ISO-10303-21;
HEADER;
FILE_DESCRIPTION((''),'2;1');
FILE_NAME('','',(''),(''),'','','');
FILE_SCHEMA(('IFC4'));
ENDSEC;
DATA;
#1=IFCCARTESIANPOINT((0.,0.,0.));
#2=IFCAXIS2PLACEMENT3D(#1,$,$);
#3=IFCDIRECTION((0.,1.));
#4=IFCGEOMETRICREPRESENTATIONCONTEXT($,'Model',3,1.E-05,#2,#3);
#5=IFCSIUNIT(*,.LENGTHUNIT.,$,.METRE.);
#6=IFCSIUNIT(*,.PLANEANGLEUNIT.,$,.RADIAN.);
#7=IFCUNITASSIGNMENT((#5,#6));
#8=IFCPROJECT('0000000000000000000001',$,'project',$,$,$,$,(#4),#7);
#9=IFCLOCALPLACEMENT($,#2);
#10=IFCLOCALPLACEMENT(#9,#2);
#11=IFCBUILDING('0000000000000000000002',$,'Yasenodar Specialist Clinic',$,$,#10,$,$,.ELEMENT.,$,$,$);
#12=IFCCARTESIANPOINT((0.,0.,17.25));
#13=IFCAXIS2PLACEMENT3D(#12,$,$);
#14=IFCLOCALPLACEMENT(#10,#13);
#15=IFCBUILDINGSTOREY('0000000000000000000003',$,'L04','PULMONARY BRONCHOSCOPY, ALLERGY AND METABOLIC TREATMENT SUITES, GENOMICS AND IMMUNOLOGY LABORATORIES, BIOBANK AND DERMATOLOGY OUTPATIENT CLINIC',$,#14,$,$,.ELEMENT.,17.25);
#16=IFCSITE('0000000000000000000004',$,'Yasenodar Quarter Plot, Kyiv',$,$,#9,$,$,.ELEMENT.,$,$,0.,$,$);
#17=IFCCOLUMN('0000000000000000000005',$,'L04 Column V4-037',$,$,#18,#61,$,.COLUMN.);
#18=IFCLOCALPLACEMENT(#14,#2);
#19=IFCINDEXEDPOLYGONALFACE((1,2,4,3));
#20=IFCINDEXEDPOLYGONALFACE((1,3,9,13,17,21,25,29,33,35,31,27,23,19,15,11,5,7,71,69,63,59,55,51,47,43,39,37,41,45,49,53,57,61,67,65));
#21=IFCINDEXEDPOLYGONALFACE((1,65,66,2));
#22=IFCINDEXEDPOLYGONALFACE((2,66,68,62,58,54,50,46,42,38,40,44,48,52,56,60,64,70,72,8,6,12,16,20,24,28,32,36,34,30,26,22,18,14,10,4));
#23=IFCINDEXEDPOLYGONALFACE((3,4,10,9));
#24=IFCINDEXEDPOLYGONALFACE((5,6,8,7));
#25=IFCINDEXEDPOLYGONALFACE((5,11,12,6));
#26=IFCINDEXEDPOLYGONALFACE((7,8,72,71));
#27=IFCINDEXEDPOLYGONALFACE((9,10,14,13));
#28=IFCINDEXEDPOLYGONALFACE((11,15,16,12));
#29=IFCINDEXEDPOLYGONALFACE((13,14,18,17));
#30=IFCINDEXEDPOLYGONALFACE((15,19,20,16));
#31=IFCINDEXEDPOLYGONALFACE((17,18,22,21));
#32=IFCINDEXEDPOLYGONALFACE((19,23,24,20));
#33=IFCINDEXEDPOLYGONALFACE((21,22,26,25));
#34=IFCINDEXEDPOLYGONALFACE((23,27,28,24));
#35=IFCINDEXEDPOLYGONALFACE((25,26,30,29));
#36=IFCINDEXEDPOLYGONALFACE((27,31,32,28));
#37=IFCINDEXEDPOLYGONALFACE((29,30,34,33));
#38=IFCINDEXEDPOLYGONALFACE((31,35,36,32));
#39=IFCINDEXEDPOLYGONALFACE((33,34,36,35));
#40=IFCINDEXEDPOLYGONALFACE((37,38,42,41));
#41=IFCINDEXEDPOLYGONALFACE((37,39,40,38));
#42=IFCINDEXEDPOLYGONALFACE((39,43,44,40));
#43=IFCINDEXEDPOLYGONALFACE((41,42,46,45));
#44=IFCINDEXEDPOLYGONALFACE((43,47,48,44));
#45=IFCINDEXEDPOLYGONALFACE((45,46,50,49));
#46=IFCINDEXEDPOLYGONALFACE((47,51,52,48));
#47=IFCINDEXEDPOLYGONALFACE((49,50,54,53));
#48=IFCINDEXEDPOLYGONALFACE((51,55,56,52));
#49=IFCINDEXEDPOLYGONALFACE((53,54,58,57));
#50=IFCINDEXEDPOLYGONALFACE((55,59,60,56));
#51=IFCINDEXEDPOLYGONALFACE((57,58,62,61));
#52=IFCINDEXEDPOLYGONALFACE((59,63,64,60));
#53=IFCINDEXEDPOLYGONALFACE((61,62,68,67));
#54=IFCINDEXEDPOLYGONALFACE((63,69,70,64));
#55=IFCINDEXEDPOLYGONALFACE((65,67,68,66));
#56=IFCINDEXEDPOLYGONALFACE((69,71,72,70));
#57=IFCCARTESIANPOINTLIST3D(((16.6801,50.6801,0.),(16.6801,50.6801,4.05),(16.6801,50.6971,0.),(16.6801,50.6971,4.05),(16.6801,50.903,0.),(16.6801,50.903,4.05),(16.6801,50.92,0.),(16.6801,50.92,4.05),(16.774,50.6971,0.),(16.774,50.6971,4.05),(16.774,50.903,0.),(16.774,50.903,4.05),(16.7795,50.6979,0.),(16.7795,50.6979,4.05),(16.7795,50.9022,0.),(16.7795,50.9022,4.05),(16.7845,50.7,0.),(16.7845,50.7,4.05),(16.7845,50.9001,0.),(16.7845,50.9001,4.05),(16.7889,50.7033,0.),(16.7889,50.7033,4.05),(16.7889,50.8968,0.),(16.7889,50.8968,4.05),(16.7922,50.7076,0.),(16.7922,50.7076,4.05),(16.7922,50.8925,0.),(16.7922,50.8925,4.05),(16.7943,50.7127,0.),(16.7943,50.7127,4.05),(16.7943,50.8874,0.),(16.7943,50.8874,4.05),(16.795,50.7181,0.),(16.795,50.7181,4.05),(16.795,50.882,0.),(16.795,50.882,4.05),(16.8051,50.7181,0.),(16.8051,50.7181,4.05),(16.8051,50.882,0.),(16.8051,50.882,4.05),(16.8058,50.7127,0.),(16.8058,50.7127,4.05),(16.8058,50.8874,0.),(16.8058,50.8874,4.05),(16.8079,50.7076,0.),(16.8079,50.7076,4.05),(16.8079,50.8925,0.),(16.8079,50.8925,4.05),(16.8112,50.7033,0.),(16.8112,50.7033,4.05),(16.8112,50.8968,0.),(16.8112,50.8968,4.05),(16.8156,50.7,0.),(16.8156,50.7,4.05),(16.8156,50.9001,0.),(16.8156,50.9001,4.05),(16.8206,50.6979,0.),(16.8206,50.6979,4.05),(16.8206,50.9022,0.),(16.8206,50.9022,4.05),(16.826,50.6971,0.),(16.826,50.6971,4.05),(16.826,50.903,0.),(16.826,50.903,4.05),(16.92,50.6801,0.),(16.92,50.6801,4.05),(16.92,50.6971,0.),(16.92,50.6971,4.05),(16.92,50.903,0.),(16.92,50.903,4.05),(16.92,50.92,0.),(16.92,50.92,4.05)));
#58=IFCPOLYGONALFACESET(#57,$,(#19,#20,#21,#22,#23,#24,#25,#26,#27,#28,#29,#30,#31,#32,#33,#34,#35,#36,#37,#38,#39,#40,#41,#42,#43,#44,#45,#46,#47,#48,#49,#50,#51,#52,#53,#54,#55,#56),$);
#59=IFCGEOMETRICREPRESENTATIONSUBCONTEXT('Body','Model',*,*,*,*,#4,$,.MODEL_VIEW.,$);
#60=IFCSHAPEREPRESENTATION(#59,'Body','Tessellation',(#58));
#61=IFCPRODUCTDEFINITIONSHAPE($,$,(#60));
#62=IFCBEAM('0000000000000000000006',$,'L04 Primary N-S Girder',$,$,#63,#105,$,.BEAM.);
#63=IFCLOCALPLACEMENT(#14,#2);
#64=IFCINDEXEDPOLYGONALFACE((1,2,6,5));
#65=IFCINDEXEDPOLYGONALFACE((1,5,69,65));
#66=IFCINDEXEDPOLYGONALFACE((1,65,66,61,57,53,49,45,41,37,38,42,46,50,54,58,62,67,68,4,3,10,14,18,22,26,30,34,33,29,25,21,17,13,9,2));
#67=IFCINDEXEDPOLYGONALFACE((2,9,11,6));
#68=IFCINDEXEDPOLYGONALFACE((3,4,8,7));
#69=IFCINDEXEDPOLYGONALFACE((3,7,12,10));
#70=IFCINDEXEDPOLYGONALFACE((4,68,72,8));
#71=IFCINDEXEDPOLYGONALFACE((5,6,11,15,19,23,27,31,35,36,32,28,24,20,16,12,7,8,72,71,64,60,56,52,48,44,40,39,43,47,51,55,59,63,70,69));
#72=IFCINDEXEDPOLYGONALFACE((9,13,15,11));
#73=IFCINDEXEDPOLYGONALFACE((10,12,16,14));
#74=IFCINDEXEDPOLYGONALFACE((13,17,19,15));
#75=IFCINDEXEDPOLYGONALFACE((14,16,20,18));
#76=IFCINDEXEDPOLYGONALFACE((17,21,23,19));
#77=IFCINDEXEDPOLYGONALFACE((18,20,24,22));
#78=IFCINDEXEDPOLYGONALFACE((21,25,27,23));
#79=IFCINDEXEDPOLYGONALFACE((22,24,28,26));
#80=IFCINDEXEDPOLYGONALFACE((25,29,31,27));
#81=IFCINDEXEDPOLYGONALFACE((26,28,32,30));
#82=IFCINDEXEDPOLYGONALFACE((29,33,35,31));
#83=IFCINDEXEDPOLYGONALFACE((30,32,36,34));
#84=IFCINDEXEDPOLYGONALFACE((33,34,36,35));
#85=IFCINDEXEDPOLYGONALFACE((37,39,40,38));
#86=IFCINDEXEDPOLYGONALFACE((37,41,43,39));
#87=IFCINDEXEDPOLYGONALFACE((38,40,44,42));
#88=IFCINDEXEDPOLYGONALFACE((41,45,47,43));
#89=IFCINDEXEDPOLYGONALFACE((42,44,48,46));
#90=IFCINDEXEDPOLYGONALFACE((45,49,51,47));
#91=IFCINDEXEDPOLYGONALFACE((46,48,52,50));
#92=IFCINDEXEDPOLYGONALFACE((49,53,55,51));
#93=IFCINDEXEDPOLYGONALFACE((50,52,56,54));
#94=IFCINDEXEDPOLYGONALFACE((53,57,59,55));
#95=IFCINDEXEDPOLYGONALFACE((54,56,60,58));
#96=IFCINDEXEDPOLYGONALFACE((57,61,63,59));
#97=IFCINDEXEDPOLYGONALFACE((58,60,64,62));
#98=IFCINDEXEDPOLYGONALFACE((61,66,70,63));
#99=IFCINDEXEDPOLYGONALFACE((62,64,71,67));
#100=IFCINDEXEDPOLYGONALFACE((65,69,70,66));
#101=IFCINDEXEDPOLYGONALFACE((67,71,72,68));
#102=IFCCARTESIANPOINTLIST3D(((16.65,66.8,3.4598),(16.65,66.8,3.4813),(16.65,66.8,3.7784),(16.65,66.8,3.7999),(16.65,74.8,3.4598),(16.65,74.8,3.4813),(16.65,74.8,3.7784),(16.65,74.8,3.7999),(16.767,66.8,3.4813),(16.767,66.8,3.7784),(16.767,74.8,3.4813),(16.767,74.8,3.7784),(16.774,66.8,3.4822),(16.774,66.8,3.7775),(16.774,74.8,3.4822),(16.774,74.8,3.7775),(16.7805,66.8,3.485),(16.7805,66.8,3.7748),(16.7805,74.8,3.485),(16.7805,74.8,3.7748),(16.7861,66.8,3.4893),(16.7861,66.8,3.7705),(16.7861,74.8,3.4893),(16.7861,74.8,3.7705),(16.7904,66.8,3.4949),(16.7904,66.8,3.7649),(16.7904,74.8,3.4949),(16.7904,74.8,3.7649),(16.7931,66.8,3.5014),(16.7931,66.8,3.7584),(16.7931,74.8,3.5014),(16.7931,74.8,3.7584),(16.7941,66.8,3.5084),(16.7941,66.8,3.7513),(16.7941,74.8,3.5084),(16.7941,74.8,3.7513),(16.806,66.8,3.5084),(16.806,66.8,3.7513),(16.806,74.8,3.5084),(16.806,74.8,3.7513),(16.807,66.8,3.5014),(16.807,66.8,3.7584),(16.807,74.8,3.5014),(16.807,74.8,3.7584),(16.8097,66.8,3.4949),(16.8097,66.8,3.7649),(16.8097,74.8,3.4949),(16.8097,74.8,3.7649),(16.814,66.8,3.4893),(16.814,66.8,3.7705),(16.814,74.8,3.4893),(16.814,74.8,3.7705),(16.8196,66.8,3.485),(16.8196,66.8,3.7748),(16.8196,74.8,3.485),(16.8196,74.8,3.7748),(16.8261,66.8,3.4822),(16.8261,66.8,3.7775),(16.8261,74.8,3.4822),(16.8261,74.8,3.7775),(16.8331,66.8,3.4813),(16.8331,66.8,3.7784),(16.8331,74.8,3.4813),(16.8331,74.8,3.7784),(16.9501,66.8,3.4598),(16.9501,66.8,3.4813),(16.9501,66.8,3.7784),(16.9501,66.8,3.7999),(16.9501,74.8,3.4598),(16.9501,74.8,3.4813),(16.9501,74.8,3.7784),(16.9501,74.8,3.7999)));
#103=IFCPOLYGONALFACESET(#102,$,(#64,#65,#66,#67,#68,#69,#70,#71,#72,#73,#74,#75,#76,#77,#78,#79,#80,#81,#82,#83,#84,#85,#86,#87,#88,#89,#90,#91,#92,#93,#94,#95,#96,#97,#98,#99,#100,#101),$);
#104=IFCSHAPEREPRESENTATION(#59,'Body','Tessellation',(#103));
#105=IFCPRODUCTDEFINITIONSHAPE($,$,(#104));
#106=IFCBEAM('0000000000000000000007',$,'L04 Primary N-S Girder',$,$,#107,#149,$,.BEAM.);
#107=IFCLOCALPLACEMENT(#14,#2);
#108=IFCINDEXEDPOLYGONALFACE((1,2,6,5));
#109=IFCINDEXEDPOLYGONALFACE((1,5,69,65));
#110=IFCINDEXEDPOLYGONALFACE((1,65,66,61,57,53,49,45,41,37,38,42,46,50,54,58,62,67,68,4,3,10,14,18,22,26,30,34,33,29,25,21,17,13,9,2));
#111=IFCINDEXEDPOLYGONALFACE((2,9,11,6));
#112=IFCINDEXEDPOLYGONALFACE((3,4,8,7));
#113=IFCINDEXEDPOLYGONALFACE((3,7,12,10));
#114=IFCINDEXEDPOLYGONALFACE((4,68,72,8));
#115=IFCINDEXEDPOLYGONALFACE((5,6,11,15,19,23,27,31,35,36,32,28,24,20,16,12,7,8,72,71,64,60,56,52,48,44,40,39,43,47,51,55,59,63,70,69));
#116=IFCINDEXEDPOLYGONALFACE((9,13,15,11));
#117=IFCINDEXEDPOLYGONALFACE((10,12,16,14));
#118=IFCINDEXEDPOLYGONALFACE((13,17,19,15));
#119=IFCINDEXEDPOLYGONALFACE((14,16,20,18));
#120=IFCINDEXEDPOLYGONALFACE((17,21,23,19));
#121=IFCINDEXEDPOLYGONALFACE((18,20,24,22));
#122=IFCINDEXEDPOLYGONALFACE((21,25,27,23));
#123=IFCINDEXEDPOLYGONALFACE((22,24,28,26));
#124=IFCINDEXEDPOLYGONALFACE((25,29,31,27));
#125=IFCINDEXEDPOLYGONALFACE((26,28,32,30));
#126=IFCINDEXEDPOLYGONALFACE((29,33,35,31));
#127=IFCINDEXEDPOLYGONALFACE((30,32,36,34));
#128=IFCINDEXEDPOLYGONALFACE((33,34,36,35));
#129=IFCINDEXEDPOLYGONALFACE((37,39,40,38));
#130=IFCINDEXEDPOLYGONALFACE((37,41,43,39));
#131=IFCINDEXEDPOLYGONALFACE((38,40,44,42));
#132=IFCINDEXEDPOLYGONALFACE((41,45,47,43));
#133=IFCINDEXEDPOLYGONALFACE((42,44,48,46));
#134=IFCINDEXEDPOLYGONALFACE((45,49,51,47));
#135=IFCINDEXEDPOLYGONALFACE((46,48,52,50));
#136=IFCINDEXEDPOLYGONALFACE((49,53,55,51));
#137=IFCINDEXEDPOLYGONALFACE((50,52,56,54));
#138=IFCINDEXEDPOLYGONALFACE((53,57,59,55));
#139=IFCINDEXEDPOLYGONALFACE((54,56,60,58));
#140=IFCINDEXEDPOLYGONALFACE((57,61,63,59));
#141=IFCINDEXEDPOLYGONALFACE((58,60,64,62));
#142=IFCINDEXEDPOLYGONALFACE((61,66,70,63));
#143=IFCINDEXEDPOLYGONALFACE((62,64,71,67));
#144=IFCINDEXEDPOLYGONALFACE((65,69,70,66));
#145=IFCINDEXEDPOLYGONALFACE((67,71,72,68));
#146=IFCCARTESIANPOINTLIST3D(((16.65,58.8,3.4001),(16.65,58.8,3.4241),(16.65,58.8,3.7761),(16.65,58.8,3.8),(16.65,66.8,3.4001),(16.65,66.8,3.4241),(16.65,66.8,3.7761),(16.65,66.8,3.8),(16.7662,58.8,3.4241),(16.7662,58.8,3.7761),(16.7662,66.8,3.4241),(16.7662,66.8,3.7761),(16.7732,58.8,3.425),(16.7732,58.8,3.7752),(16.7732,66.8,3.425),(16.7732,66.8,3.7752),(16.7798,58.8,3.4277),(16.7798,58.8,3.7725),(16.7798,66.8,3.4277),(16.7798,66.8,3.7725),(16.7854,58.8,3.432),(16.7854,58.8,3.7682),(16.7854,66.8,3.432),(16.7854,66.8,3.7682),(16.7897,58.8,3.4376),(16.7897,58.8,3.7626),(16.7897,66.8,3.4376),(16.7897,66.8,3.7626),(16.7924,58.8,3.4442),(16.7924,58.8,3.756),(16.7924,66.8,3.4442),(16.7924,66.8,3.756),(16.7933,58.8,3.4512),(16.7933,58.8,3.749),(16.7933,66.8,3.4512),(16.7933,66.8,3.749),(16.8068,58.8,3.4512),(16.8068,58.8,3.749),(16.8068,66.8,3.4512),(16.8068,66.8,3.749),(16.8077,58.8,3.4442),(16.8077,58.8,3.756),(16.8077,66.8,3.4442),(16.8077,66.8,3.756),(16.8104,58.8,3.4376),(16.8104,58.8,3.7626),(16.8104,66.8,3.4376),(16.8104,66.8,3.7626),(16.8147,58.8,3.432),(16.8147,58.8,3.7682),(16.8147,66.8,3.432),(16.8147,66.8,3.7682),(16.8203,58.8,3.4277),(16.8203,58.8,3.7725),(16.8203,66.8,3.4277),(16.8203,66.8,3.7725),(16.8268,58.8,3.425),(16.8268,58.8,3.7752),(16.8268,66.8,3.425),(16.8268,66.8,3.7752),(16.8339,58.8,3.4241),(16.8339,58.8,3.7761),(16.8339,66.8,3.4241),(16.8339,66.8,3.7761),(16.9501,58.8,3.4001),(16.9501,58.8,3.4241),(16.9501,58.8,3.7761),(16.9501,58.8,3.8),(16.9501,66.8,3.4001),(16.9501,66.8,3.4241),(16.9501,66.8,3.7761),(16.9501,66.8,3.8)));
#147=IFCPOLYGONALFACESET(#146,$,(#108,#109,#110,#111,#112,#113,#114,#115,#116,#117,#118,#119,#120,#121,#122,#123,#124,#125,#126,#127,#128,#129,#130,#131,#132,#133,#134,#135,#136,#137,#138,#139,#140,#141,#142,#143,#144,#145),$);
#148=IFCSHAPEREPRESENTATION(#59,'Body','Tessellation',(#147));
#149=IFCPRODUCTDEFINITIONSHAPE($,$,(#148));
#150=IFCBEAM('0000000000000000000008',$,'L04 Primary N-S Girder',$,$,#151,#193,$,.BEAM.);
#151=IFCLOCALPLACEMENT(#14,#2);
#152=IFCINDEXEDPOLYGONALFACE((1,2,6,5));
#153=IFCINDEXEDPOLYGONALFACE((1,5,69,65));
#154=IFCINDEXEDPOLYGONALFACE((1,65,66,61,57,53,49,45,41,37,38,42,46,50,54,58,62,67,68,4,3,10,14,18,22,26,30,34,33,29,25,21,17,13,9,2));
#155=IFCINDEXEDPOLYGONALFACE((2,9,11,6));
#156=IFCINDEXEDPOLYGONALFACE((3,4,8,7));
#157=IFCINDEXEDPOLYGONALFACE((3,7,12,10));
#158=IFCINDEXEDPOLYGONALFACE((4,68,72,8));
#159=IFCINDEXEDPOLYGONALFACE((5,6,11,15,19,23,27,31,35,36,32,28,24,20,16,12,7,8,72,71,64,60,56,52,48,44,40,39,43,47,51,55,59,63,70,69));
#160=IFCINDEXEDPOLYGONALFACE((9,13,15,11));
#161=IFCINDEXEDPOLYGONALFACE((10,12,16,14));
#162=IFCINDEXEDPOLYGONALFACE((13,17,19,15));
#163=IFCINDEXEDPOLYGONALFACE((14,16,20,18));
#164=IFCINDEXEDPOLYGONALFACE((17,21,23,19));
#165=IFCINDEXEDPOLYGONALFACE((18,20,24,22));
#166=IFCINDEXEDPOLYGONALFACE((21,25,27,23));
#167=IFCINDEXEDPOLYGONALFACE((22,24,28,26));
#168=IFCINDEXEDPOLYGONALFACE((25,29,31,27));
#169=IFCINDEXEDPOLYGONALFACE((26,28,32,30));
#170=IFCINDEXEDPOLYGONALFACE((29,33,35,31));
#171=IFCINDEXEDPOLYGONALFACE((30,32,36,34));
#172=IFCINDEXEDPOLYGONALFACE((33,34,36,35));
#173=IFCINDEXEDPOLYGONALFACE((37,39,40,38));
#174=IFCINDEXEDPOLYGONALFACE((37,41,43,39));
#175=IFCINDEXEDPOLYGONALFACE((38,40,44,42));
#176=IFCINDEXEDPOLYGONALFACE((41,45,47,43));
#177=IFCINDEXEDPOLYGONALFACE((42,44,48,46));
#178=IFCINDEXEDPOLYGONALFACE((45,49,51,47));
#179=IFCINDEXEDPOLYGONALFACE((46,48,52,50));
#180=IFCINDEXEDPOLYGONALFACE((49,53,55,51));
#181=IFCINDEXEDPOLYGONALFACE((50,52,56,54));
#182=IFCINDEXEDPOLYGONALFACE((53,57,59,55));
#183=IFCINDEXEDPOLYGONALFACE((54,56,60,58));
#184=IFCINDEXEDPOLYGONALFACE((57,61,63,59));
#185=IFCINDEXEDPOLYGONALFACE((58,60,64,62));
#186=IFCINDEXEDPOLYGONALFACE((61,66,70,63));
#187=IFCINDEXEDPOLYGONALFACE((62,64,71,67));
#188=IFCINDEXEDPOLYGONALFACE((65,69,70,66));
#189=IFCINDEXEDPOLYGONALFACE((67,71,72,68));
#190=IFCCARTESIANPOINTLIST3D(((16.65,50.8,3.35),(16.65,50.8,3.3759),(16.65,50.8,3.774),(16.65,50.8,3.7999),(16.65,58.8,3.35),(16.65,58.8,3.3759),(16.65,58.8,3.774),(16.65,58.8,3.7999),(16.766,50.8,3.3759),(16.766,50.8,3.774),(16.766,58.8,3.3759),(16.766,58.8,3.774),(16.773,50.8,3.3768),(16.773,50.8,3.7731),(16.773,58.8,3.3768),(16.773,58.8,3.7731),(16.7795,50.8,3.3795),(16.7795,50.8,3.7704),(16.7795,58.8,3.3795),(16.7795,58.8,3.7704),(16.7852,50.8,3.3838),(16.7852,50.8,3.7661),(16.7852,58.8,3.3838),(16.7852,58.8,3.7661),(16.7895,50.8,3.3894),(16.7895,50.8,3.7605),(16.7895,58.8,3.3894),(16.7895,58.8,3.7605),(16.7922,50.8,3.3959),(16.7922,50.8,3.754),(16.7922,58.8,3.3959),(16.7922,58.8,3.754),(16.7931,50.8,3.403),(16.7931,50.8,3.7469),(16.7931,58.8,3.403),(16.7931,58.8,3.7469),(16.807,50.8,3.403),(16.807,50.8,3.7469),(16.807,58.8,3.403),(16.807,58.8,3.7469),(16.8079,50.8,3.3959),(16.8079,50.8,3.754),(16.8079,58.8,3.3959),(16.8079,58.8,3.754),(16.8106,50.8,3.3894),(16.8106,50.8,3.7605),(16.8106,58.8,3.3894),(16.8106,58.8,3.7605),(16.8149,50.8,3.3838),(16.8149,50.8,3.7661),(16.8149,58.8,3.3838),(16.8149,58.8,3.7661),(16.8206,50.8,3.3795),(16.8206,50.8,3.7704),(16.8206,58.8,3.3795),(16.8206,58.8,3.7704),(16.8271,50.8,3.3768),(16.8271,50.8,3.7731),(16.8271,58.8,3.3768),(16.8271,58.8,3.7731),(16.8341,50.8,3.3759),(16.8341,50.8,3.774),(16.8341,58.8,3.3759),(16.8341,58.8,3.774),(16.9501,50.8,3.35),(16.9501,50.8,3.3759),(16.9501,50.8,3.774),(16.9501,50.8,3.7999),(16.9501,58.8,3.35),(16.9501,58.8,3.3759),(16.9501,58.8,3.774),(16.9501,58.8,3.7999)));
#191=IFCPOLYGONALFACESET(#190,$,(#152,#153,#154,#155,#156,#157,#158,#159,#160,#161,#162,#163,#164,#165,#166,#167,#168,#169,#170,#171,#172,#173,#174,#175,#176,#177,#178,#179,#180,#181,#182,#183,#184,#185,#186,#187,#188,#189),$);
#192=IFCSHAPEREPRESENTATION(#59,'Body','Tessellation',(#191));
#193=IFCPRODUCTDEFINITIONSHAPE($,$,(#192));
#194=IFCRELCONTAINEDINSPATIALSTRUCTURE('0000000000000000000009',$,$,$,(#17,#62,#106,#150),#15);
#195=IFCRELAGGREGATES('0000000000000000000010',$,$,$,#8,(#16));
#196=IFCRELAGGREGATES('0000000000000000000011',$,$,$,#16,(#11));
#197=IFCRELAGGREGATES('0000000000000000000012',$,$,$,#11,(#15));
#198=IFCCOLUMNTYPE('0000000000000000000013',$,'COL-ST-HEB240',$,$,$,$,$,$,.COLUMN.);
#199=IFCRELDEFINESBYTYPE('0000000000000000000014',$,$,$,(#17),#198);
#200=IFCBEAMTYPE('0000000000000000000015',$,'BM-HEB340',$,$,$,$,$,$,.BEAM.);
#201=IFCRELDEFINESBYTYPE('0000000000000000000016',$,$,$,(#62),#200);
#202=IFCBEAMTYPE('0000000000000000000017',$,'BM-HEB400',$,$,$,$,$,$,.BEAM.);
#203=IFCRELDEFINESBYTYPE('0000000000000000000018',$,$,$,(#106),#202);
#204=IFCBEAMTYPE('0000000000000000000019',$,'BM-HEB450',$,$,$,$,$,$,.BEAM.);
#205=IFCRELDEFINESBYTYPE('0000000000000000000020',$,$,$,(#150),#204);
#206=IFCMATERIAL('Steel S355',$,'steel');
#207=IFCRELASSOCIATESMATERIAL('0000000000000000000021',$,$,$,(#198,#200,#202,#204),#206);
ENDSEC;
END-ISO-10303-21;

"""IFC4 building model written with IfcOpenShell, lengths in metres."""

from ifc_helpers import new_model, si_unit, direction, frame, origin, origin_2d, place, context, subcontext, project, spatial, i_section, extrude, material, material_profile, profile_set, type_object, element, save


model = new_model("IFC4")

# Units and contexts
model_context = context("Model", 3, precision=1e-05, world=origin(), true_north=direction((0.0, 1.0)))
body_context = subcontext(model_context, "Body", "Model", "MODEL_VIEW")
ifc_project = project(units=[si_unit("LENGTHUNIT", "METRE"), si_unit("PLANEANGLEUNIT", "RADIAN")], contexts=[model_context])

# Site, building, storey
site_placement = place(None, origin())
site = spatial("IfcSite", under=ifc_project, at=site_placement, Name="Yasenodar Quarter Plot, Kyiv", CompositionType="ELEMENT", RefElevation=0.0)
building_placement = place(site_placement, origin())
building = spatial("IfcBuilding", under=site, at=building_placement, Name="Yasenodar Specialist Clinic", CompositionType="ELEMENT")
storey_placement = place(building_placement, frame((0.0, 0.0, 17.25)))
storey = spatial("IfcBuildingStorey", under=building, at=storey_placement, Name="L04", Description="PULMONARY BRONCHOSCOPY, ALLERGY AND METABOLIC TREATMENT SUITES, GENOMICS AND IMMUNOLOGY LABORATORIES, BIOBANK AND DERMATOLOGY OUTPATIENT CLINIC", CompositionType="ELEMENT", Elevation=17.25)

# Column
ifc_material_1 = material(Name="Steel S355", Category="steel")
ifc_material_profile_1 = material_profile(ifc_material_1, i_section(OverallWidth=0.24, OverallDepth=0.24, WebThickness=0.01, FlangeThickness=0.0171, FilletRadius=0.021, at=origin_2d()), Name="HEB 240")
ifc_profile_set_1 = profile_set([ifc_material_profile_1], Name="Steel S355")
column_type_1 = type_object("IfcColumnType", Name="COL-ST-HEB240", PredefinedType="COLUMN", material=ifc_profile_set_1)
column_1_placement = place(storey_placement, frame((16.8, 50.8, 0.0), z_axis=(0.0, 0.0, 1.0), x_axis=(1.0, 0.0, 0.0)))
element("IfcColumn", 1, at=column_1_placement, inside=storey, type_object=column_type_1, Name="L04 Column V4-037", PredefinedType="COLUMN", context=body_context, shape_type="SweptSolid", body=[
    extrude(i_section(OverallWidth=0.24, OverallDepth=0.24, WebThickness=0.01, FlangeThickness=0.0171, FilletRadius=0.021, at=origin_2d()), origin(), (0.0, 0.0, 1.0), 4.05),
])

# Beams
ifc_material_profile_2 = material_profile(ifc_material_1, i_section(OverallWidth=0.3, OverallDepth=0.3401, WebThickness=0.012, FlangeThickness=0.0215, FilletRadius=0.0271, at=origin_2d()), Name="HEB 340")
ifc_profile_set_2 = profile_set([ifc_material_profile_2], Name="Steel S355")
beam_type_1 = type_object("IfcBeamType", Name="BM-HEB340", PredefinedType="BEAM", material=ifc_profile_set_2)
beam_1_placement = place(storey_placement, frame((16.8, 66.8, 3.6299), z_axis=(0.0, 1.0, 0.0), x_axis=(-1.0, 0.0, 0.0)))
element("IfcBeam", 2, at=beam_1_placement, inside=storey, type_object=beam_type_1, Name="L04 Primary N-S Girder", PredefinedType="BEAM", context=body_context, shape_type="SweptSolid", body=[
    extrude(i_section(OverallWidth=0.3, OverallDepth=0.3401, WebThickness=0.012, FlangeThickness=0.0215, FilletRadius=0.0271, at=origin_2d()), origin(), (0.0, 0.0, 1.0), 8.0),
])
ifc_material_profile_3 = material_profile(ifc_material_1, i_section(OverallWidth=0.3, OverallDepth=0.3999, WebThickness=0.0134, FlangeThickness=0.0239, FilletRadius=0.0271, at=origin_2d()), Name="HEB 400")
ifc_profile_set_3 = profile_set([ifc_material_profile_3], Name="Steel S355")
beam_type_2 = type_object("IfcBeamType", Name="BM-HEB400", PredefinedType="BEAM", material=ifc_profile_set_3)
beam_2_placement = place(storey_placement, frame((16.8, 58.8, 3.6001), z_axis=(0.0, 1.0, 0.0), x_axis=(-1.0, 0.0, 0.0)))
element("IfcBeam", 3, at=beam_2_placement, inside=storey, type_object=beam_type_2, Name="L04 Primary N-S Girder", PredefinedType="BEAM", context=body_context, shape_type="SweptSolid", body=[
    extrude(i_section(OverallWidth=0.3, OverallDepth=0.3999, WebThickness=0.0134, FlangeThickness=0.0239, FilletRadius=0.0271, at=origin_2d()), origin(), (0.0, 0.0, 1.0), 8.0),
])
ifc_material_profile_4 = material_profile(ifc_material_1, i_section(OverallWidth=0.3, OverallDepth=0.45, WebThickness=0.0139, FlangeThickness=0.0259, FilletRadius=0.0271, at=origin_2d()), Name="HEB 450")
ifc_profile_set_4 = profile_set([ifc_material_profile_4], Name="Steel S355")
beam_type_3 = type_object("IfcBeamType", Name="BM-HEB450", PredefinedType="BEAM", material=ifc_profile_set_4)
beam_3_placement = place(storey_placement, frame((16.8, 50.8, 3.575), z_axis=(0.0, 1.0, 0.0), x_axis=(-1.0, 0.0, 0.0)))
element("IfcBeam", 4, at=beam_3_placement, inside=storey, type_object=beam_type_3, Name="L04 Primary N-S Girder", PredefinedType="BEAM", context=body_context, shape_type="SweptSolid", body=[
    extrude(i_section(OverallWidth=0.3, OverallDepth=0.45, WebThickness=0.0139, FlangeThickness=0.0259, FilletRadius=0.0271, at=origin_2d()), origin(), (0.0, 0.0, 1.0), 8.0),
])

save(model, "model.ifc")
